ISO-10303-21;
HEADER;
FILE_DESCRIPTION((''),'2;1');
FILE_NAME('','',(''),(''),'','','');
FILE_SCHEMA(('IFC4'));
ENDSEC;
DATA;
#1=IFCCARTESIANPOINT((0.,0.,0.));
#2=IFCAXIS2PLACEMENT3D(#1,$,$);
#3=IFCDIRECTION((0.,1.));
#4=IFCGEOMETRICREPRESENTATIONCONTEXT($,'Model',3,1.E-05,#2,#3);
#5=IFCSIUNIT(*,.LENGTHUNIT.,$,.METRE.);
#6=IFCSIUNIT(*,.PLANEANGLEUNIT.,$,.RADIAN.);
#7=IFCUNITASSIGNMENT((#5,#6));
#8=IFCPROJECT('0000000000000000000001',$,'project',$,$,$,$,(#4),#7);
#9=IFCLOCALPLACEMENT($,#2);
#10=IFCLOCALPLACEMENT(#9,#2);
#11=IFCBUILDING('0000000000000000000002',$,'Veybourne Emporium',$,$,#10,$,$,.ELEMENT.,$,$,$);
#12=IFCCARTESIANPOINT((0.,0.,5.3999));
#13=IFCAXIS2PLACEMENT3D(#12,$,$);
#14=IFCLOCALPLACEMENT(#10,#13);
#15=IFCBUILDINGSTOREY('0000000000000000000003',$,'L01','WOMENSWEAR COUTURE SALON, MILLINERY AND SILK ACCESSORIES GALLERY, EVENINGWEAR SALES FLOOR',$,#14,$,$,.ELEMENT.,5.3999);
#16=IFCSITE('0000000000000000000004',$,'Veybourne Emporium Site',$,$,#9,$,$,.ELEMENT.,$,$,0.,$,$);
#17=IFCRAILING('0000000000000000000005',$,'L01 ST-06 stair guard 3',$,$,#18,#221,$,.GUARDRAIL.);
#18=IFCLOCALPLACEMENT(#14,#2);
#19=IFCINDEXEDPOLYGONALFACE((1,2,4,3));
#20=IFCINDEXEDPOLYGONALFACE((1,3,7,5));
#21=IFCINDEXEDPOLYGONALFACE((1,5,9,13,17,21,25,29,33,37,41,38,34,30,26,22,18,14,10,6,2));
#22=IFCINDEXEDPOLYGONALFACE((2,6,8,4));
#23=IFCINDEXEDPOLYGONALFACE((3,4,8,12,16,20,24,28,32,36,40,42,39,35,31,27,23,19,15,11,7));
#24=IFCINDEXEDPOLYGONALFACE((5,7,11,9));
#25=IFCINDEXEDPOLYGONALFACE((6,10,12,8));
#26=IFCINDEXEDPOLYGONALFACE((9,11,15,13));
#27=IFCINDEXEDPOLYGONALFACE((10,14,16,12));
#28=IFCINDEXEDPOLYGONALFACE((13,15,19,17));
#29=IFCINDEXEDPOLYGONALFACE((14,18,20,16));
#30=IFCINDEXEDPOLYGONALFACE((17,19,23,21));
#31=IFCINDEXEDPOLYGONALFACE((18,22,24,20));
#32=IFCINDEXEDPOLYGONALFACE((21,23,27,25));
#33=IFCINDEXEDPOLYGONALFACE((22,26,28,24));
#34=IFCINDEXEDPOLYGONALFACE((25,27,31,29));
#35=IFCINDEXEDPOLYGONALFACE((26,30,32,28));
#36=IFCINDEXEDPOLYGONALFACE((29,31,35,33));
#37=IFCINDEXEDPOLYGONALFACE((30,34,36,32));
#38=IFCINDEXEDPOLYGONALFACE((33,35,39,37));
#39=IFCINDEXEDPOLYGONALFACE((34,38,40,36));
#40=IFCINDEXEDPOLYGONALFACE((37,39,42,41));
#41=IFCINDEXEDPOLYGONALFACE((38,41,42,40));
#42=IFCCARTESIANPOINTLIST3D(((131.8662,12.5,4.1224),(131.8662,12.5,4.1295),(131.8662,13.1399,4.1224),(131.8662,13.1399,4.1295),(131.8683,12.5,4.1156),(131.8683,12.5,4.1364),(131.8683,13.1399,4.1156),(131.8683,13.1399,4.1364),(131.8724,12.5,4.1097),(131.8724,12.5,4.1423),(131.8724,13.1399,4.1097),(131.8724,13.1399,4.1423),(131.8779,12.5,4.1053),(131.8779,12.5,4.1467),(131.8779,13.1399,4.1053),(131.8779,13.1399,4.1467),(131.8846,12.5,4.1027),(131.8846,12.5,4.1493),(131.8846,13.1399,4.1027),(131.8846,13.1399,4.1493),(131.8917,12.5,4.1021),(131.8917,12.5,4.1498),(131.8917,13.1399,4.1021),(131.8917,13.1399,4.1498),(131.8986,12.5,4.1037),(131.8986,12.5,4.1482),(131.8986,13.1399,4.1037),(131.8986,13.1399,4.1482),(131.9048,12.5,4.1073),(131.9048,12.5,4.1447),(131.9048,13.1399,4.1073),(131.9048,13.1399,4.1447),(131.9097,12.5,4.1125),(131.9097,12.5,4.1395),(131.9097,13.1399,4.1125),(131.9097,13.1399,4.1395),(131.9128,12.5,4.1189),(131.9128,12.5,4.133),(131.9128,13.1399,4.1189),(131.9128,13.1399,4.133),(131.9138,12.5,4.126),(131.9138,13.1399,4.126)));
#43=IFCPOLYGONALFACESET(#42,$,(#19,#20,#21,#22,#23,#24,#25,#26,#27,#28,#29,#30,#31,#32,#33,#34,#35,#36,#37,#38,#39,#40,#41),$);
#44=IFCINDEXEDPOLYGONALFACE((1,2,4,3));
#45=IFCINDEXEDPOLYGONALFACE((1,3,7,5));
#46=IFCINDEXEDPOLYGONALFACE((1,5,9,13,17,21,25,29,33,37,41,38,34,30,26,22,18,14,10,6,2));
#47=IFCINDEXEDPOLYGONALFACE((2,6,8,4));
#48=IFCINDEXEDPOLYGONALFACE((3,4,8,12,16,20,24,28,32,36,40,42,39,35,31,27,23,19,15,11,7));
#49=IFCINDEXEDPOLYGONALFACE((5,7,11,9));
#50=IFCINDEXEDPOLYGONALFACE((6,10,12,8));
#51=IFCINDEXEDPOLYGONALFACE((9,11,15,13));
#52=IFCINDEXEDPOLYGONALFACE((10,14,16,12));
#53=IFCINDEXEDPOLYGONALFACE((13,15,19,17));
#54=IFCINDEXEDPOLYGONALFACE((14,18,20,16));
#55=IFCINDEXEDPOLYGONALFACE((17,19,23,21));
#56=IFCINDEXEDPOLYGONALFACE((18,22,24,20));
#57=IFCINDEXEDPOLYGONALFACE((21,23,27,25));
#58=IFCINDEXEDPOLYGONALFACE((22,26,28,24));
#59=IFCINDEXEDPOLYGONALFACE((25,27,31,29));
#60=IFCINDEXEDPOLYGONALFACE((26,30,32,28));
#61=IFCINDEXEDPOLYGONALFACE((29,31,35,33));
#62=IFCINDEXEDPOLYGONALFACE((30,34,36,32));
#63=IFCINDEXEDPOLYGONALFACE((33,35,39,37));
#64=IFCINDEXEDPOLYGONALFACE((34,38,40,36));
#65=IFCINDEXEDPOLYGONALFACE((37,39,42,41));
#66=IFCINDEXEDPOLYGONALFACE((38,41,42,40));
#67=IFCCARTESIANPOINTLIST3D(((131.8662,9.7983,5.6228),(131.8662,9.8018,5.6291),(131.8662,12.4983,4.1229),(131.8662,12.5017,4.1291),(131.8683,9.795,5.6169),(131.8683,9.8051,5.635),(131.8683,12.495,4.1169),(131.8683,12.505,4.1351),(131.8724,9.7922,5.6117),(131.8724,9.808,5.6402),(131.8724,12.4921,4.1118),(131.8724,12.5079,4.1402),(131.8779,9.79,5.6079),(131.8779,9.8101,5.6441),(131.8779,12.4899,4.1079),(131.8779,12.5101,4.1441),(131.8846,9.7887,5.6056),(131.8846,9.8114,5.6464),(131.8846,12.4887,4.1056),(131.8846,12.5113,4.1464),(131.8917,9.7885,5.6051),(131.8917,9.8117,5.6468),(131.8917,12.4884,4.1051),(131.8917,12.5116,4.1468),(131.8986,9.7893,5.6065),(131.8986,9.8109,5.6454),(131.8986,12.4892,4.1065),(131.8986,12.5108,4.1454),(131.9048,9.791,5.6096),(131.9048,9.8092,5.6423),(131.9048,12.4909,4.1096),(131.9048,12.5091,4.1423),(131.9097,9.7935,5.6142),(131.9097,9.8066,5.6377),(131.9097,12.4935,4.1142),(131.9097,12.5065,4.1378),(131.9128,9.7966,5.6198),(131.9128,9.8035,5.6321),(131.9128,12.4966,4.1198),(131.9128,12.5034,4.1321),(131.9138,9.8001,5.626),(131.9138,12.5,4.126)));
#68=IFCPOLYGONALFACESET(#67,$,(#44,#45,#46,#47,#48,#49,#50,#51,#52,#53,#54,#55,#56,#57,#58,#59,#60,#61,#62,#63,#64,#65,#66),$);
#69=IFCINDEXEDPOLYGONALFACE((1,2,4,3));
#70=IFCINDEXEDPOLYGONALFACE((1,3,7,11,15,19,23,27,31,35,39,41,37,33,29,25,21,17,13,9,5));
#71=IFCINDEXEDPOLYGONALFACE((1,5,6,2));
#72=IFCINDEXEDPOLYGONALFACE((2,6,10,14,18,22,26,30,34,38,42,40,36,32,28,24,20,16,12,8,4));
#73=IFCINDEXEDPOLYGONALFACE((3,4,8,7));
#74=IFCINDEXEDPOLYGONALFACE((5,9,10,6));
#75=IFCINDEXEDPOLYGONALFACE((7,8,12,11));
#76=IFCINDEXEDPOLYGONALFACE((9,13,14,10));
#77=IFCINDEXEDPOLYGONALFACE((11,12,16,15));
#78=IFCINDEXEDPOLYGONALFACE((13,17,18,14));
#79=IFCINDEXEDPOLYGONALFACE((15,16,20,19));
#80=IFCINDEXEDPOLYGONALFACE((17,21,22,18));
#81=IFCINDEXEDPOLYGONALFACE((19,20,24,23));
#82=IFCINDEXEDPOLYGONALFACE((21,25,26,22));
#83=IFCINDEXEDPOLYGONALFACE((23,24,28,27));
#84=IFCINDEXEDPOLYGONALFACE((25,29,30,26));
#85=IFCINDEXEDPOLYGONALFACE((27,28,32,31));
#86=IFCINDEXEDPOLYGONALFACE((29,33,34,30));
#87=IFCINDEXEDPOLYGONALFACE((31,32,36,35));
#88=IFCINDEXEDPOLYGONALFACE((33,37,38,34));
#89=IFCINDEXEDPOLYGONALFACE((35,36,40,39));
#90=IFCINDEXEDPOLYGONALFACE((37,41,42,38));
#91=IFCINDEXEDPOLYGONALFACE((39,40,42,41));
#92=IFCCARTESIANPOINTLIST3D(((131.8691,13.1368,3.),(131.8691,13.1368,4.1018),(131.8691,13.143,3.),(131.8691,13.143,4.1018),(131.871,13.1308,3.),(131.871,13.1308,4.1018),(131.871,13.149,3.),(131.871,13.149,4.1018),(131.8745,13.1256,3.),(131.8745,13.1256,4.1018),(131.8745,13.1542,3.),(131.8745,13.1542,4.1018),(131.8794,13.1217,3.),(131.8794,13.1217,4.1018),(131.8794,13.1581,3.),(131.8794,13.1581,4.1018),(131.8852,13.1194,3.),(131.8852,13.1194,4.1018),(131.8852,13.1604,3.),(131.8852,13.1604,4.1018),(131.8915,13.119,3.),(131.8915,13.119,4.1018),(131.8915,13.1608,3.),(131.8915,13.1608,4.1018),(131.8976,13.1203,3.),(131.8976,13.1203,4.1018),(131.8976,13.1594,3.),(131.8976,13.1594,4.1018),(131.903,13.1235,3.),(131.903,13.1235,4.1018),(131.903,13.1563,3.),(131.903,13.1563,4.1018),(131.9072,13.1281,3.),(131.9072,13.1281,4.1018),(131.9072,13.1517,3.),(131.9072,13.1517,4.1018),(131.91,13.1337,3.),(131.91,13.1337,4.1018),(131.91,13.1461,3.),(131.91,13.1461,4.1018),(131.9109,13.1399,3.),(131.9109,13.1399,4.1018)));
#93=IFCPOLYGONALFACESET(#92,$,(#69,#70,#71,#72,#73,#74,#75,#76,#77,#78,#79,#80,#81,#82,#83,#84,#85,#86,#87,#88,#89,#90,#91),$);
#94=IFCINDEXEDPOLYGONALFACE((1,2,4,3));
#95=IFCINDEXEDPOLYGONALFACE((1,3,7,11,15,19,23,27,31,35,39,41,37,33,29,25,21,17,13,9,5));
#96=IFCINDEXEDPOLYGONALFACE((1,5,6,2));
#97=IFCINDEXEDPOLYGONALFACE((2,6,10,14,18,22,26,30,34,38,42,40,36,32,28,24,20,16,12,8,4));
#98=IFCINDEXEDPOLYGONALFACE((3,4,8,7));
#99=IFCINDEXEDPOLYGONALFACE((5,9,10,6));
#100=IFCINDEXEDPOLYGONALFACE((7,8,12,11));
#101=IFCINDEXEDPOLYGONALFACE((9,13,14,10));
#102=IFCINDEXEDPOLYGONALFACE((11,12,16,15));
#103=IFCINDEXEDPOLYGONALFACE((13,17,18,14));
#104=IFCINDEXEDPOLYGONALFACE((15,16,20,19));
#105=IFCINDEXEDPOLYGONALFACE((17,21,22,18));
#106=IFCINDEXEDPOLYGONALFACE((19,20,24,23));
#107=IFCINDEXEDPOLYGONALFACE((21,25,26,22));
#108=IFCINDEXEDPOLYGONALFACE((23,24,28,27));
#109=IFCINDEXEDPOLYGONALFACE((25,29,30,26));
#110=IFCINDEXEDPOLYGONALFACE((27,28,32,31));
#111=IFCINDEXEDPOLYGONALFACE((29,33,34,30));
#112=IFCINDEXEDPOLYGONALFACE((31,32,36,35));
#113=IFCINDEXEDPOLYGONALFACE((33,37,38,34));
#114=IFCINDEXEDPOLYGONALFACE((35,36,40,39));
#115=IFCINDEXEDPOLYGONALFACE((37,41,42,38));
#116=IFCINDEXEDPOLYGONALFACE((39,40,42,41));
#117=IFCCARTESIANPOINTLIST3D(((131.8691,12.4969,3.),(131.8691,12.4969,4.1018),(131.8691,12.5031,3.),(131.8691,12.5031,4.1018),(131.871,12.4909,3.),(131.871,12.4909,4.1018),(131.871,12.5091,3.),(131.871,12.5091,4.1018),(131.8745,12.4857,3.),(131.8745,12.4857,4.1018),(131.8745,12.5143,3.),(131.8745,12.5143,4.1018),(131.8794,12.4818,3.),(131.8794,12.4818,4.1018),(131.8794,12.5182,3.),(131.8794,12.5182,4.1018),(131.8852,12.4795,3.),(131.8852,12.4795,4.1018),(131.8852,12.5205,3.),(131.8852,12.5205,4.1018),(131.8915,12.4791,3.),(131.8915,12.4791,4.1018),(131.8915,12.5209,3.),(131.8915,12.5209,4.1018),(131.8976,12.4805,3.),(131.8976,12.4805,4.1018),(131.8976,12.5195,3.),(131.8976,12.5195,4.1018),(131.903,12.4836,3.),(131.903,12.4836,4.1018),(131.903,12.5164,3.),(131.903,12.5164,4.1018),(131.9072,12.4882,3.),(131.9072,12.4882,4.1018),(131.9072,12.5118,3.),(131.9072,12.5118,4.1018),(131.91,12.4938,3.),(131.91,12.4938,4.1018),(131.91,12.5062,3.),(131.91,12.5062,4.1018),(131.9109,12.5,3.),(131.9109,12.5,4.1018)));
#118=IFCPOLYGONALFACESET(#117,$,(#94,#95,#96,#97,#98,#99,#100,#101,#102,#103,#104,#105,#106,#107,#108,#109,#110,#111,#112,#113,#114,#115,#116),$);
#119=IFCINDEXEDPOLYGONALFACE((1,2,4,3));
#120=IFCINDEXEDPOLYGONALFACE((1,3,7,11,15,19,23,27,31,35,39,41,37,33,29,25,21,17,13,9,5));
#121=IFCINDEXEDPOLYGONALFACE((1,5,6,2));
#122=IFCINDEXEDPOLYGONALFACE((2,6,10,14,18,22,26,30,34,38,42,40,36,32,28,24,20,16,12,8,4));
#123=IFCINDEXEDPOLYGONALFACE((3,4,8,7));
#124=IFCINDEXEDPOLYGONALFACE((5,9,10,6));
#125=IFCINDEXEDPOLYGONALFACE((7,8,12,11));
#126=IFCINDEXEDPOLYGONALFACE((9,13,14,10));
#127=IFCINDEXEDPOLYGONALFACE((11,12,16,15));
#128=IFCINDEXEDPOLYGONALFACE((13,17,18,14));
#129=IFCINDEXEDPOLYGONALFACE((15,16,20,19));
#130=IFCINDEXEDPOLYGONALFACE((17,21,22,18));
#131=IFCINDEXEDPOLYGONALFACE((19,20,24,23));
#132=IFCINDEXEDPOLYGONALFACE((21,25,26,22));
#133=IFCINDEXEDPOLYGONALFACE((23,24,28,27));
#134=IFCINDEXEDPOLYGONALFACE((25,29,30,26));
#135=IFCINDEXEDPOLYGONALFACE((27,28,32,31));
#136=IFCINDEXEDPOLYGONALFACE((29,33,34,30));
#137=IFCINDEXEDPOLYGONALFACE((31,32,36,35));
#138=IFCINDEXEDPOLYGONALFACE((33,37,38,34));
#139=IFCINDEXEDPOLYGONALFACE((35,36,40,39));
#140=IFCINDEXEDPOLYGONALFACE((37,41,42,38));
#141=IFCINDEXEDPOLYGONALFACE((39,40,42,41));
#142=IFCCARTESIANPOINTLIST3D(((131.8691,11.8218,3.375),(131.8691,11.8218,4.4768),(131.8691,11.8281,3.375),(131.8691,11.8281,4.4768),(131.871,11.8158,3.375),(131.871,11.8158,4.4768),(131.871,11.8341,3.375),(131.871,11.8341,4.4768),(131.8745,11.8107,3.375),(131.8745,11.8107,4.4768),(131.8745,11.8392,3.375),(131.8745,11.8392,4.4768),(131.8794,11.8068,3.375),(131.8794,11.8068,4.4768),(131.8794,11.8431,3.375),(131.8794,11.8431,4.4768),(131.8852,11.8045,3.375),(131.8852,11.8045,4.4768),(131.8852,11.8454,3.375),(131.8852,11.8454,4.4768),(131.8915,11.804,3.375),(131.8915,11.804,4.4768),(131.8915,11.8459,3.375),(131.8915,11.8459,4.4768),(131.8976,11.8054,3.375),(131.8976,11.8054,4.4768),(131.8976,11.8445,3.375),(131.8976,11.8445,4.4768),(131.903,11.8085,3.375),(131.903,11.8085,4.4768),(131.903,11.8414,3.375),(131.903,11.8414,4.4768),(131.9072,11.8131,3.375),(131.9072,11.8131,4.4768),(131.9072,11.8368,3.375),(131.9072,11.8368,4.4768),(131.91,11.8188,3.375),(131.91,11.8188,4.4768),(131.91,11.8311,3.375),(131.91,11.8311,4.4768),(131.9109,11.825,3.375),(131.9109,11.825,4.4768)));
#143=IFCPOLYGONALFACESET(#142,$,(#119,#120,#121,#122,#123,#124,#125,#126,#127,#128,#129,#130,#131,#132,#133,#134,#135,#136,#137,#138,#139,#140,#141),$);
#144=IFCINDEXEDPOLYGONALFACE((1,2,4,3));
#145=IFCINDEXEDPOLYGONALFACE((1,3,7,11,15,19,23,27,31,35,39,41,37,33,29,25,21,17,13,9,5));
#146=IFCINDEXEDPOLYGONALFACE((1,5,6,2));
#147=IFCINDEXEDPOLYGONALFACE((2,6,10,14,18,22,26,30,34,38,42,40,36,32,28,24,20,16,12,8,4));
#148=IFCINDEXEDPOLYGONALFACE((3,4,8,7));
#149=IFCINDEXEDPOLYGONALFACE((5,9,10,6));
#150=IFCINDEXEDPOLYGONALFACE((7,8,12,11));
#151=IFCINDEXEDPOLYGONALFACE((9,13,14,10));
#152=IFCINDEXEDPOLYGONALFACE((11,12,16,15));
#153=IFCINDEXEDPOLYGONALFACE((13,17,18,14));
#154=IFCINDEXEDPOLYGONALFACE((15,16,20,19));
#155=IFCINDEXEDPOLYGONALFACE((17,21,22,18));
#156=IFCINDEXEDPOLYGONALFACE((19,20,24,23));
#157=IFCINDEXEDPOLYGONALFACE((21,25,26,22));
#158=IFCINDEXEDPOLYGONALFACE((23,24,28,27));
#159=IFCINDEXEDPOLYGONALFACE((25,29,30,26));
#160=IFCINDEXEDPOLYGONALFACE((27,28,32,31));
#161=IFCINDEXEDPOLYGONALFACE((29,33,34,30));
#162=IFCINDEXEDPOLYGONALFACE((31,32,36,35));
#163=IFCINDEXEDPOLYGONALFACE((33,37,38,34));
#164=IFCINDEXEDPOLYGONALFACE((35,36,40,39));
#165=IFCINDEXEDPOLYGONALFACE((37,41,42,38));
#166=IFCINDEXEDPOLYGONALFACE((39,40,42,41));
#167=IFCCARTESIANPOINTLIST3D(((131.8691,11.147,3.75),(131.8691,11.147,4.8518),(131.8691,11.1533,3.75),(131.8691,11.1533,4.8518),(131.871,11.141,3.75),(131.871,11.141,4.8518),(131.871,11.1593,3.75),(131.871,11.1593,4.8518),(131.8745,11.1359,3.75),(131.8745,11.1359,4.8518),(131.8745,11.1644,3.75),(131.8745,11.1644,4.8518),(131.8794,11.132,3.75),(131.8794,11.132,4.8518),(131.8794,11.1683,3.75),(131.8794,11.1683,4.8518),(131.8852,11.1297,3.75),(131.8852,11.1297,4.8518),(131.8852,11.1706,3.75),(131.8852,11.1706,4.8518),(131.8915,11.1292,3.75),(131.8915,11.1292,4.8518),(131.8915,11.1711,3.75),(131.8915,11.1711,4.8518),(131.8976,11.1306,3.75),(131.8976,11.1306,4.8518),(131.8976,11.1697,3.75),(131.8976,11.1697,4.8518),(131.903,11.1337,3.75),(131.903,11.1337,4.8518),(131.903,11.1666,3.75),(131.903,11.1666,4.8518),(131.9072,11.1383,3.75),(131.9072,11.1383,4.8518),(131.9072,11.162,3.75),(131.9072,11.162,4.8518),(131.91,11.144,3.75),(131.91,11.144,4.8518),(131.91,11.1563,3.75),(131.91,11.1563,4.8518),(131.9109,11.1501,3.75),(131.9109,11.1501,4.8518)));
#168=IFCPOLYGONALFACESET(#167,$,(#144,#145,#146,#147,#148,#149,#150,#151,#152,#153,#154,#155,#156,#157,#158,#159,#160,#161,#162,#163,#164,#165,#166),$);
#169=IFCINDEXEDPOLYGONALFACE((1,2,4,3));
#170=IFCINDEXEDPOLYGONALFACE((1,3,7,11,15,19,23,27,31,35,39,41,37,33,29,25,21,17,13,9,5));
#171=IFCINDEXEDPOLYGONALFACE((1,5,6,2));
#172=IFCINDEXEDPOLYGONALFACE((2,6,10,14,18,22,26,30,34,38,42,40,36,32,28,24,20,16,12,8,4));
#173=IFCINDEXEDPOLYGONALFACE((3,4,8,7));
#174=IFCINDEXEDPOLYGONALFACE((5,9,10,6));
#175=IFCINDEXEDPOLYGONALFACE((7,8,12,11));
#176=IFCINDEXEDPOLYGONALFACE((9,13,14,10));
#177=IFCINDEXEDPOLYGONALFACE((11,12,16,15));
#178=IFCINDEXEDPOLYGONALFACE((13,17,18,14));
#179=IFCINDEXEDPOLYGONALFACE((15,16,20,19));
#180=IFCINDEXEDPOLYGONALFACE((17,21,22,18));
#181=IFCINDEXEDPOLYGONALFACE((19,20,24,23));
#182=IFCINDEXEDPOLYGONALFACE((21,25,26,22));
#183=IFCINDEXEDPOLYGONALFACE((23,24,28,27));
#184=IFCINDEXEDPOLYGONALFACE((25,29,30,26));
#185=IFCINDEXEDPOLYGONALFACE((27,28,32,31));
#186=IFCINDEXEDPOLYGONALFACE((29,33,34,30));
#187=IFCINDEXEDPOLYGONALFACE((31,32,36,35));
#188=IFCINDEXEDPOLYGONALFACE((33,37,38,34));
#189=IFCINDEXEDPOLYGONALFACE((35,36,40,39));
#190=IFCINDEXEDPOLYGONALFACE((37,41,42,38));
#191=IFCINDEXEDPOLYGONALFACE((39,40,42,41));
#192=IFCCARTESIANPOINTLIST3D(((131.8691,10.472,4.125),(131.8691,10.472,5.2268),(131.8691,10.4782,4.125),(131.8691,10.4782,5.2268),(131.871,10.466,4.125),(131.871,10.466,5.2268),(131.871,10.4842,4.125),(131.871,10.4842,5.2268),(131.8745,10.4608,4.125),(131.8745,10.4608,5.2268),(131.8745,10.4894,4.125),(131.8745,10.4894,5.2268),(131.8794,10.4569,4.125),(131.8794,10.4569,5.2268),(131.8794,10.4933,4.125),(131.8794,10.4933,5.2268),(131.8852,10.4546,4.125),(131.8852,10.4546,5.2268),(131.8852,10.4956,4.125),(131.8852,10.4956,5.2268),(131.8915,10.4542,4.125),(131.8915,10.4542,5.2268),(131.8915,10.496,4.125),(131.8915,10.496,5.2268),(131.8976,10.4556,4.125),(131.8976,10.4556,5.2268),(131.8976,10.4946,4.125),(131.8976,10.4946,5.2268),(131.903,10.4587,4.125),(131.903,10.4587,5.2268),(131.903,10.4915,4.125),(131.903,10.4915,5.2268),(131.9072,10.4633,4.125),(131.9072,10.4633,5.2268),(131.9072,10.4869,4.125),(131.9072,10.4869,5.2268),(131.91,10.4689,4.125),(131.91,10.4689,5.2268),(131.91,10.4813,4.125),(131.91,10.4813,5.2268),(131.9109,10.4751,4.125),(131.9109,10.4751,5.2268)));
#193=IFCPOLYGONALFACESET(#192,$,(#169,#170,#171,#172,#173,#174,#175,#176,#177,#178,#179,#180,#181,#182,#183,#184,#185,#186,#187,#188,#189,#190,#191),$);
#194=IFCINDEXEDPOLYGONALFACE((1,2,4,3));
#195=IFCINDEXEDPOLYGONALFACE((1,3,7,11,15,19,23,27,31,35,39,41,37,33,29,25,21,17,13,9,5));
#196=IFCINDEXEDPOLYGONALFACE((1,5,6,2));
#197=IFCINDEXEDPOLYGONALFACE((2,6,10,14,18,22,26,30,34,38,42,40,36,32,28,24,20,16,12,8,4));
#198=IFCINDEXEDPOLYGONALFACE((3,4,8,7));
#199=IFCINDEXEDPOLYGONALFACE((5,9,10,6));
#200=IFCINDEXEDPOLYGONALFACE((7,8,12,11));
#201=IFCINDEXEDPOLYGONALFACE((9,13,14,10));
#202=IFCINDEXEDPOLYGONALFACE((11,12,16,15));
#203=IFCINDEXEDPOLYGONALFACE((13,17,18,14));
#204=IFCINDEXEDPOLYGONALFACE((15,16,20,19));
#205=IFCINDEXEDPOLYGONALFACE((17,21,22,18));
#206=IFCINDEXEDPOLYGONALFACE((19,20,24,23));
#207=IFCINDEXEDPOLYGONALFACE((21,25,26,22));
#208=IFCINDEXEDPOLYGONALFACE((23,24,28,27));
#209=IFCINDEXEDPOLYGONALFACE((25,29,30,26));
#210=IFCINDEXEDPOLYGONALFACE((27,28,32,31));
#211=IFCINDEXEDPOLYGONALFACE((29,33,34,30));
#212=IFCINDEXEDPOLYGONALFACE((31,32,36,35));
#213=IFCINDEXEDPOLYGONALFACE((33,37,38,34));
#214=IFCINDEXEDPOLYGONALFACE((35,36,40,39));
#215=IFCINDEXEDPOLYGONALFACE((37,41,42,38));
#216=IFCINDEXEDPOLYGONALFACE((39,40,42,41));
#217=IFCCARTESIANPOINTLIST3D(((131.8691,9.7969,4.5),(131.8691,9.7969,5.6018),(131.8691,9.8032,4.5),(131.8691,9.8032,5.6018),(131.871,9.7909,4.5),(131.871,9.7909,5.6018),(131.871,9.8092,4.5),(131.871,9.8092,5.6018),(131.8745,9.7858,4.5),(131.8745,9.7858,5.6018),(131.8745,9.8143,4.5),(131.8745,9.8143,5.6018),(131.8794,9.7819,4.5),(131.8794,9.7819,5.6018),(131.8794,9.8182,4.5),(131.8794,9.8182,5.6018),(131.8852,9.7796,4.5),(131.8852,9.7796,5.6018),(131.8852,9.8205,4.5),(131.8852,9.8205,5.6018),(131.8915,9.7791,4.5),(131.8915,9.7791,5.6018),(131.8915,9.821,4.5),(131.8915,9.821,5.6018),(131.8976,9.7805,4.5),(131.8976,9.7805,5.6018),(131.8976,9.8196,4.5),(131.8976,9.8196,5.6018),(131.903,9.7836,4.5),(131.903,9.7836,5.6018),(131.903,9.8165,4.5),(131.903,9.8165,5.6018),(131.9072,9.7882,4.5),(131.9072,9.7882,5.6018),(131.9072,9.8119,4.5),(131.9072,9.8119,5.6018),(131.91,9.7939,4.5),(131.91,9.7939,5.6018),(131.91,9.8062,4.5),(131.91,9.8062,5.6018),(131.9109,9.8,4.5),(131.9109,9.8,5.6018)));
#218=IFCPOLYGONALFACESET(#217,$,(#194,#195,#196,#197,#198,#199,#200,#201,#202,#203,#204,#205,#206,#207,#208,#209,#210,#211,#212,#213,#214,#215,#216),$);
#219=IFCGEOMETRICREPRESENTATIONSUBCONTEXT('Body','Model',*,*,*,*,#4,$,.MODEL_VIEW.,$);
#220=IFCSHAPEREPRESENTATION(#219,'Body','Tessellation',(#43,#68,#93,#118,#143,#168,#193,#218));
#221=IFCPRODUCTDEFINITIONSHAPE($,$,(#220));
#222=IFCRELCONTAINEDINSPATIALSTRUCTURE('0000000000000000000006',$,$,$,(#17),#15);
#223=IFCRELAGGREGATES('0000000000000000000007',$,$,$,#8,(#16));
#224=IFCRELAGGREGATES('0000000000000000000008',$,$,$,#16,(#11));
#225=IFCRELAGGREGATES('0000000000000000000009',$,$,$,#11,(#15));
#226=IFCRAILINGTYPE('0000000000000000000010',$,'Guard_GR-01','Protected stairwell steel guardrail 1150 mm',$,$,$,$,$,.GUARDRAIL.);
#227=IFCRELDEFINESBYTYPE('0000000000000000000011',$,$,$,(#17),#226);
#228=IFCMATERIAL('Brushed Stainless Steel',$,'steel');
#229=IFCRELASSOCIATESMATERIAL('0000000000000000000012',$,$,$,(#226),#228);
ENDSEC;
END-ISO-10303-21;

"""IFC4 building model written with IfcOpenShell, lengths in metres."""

from ifc_helpers import new_model, si_unit, direction, frame, origin, origin_2d, place, context, subcontext, project, spatial, circle, extrude, material, type_object, element, save


model = new_model("IFC4")

# Units and contexts
model_context = context("Model", 3, precision=1e-05, world=origin(), true_north=direction((0.0, 1.0)))
body_context = subcontext(model_context, "Body", "Model", "MODEL_VIEW")
ifc_project = project(units=[si_unit("LENGTHUNIT", "METRE"), si_unit("PLANEANGLEUNIT", "RADIAN")], contexts=[model_context])

# Site, building, storey
site_placement = place(None, origin())
site = spatial("IfcSite", under=ifc_project, at=site_placement, Name="Veybourne Emporium Site", CompositionType="ELEMENT", RefElevation=0.0)
building_placement = place(site_placement, origin())
building = spatial("IfcBuilding", under=site, at=building_placement, Name="Veybourne Emporium", CompositionType="ELEMENT")
storey_placement = place(building_placement, frame((0.0, 0.0, 5.3999)))
storey = spatial("IfcBuildingStorey", under=building, at=storey_placement, Name="L01", Description="WOMENSWEAR COUTURE SALON, MILLINERY AND SILK ACCESSORIES GALLERY, EVENINGWEAR SALES FLOOR", CompositionType="ELEMENT", Elevation=5.3999)

# Railing
ifc_material_1 = material(Name="Brushed Stainless Steel", Category="steel")
railing_type_1 = type_object("IfcRailingType", Name="Guard_GR-01", Description="Protected stairwell steel guardrail 1150 mm", PredefinedType="GUARDRAIL", material=ifc_material_1)
railing_1_placement = place(storey_placement, frame((131.8899, 13.1399, 3.0)))
element("IfcRailing", 1, at=railing_1_placement, inside=storey, type_object=railing_type_1, Name="L01 ST-06 stair guard 3", PredefinedType="GUARDRAIL", context=body_context, shape_type="SweptSolid", body=[
    extrude(circle(Radius=0.0239, at=origin_2d()), frame((0.0, 0.0, 1.126), z_axis=(0.0, -1.0, 0.0), x_axis=(1.0, 0.0, 0.0)), (0.0, 0.0, 1.0), 0.6399),
    extrude(circle(Radius=0.0239, at=origin_2d()), frame((0.0, -0.6399, 1.126), z_axis=(0.0, -0.874154, 0.48565), x_axis=(1.0, 0.0, 0.0)), (0.0, 0.0, 1.0), 3.0886),
    extrude(circle(Radius=0.021, at=origin_2d()), origin(), (0.0, 0.0, 1.0), 1.1018),
    extrude(circle(Radius=0.021, at=origin_2d()), frame((0.0, -0.6399, 0.0)), (0.0, 0.0, 1.0), 1.1018),
    extrude(circle(Radius=0.021, at=origin_2d()), frame((0.0, -1.3149, 0.375)), (0.0, 0.0, 1.0), 1.1018),
    extrude(circle(Radius=0.021, at=origin_2d()), frame((0.0, -1.9897, 0.75)), (0.0, 0.0, 1.0), 1.1018),
    extrude(circle(Radius=0.021, at=origin_2d()), frame((0.0, -2.6648, 1.125)), (0.0, 0.0, 1.0), 1.1018),
    extrude(circle(Radius=0.021, at=origin_2d()), frame((0.0, -3.3398, 1.5)), (0.0, 0.0, 1.0), 1.1018),
])

save(model, "model.ifc")
